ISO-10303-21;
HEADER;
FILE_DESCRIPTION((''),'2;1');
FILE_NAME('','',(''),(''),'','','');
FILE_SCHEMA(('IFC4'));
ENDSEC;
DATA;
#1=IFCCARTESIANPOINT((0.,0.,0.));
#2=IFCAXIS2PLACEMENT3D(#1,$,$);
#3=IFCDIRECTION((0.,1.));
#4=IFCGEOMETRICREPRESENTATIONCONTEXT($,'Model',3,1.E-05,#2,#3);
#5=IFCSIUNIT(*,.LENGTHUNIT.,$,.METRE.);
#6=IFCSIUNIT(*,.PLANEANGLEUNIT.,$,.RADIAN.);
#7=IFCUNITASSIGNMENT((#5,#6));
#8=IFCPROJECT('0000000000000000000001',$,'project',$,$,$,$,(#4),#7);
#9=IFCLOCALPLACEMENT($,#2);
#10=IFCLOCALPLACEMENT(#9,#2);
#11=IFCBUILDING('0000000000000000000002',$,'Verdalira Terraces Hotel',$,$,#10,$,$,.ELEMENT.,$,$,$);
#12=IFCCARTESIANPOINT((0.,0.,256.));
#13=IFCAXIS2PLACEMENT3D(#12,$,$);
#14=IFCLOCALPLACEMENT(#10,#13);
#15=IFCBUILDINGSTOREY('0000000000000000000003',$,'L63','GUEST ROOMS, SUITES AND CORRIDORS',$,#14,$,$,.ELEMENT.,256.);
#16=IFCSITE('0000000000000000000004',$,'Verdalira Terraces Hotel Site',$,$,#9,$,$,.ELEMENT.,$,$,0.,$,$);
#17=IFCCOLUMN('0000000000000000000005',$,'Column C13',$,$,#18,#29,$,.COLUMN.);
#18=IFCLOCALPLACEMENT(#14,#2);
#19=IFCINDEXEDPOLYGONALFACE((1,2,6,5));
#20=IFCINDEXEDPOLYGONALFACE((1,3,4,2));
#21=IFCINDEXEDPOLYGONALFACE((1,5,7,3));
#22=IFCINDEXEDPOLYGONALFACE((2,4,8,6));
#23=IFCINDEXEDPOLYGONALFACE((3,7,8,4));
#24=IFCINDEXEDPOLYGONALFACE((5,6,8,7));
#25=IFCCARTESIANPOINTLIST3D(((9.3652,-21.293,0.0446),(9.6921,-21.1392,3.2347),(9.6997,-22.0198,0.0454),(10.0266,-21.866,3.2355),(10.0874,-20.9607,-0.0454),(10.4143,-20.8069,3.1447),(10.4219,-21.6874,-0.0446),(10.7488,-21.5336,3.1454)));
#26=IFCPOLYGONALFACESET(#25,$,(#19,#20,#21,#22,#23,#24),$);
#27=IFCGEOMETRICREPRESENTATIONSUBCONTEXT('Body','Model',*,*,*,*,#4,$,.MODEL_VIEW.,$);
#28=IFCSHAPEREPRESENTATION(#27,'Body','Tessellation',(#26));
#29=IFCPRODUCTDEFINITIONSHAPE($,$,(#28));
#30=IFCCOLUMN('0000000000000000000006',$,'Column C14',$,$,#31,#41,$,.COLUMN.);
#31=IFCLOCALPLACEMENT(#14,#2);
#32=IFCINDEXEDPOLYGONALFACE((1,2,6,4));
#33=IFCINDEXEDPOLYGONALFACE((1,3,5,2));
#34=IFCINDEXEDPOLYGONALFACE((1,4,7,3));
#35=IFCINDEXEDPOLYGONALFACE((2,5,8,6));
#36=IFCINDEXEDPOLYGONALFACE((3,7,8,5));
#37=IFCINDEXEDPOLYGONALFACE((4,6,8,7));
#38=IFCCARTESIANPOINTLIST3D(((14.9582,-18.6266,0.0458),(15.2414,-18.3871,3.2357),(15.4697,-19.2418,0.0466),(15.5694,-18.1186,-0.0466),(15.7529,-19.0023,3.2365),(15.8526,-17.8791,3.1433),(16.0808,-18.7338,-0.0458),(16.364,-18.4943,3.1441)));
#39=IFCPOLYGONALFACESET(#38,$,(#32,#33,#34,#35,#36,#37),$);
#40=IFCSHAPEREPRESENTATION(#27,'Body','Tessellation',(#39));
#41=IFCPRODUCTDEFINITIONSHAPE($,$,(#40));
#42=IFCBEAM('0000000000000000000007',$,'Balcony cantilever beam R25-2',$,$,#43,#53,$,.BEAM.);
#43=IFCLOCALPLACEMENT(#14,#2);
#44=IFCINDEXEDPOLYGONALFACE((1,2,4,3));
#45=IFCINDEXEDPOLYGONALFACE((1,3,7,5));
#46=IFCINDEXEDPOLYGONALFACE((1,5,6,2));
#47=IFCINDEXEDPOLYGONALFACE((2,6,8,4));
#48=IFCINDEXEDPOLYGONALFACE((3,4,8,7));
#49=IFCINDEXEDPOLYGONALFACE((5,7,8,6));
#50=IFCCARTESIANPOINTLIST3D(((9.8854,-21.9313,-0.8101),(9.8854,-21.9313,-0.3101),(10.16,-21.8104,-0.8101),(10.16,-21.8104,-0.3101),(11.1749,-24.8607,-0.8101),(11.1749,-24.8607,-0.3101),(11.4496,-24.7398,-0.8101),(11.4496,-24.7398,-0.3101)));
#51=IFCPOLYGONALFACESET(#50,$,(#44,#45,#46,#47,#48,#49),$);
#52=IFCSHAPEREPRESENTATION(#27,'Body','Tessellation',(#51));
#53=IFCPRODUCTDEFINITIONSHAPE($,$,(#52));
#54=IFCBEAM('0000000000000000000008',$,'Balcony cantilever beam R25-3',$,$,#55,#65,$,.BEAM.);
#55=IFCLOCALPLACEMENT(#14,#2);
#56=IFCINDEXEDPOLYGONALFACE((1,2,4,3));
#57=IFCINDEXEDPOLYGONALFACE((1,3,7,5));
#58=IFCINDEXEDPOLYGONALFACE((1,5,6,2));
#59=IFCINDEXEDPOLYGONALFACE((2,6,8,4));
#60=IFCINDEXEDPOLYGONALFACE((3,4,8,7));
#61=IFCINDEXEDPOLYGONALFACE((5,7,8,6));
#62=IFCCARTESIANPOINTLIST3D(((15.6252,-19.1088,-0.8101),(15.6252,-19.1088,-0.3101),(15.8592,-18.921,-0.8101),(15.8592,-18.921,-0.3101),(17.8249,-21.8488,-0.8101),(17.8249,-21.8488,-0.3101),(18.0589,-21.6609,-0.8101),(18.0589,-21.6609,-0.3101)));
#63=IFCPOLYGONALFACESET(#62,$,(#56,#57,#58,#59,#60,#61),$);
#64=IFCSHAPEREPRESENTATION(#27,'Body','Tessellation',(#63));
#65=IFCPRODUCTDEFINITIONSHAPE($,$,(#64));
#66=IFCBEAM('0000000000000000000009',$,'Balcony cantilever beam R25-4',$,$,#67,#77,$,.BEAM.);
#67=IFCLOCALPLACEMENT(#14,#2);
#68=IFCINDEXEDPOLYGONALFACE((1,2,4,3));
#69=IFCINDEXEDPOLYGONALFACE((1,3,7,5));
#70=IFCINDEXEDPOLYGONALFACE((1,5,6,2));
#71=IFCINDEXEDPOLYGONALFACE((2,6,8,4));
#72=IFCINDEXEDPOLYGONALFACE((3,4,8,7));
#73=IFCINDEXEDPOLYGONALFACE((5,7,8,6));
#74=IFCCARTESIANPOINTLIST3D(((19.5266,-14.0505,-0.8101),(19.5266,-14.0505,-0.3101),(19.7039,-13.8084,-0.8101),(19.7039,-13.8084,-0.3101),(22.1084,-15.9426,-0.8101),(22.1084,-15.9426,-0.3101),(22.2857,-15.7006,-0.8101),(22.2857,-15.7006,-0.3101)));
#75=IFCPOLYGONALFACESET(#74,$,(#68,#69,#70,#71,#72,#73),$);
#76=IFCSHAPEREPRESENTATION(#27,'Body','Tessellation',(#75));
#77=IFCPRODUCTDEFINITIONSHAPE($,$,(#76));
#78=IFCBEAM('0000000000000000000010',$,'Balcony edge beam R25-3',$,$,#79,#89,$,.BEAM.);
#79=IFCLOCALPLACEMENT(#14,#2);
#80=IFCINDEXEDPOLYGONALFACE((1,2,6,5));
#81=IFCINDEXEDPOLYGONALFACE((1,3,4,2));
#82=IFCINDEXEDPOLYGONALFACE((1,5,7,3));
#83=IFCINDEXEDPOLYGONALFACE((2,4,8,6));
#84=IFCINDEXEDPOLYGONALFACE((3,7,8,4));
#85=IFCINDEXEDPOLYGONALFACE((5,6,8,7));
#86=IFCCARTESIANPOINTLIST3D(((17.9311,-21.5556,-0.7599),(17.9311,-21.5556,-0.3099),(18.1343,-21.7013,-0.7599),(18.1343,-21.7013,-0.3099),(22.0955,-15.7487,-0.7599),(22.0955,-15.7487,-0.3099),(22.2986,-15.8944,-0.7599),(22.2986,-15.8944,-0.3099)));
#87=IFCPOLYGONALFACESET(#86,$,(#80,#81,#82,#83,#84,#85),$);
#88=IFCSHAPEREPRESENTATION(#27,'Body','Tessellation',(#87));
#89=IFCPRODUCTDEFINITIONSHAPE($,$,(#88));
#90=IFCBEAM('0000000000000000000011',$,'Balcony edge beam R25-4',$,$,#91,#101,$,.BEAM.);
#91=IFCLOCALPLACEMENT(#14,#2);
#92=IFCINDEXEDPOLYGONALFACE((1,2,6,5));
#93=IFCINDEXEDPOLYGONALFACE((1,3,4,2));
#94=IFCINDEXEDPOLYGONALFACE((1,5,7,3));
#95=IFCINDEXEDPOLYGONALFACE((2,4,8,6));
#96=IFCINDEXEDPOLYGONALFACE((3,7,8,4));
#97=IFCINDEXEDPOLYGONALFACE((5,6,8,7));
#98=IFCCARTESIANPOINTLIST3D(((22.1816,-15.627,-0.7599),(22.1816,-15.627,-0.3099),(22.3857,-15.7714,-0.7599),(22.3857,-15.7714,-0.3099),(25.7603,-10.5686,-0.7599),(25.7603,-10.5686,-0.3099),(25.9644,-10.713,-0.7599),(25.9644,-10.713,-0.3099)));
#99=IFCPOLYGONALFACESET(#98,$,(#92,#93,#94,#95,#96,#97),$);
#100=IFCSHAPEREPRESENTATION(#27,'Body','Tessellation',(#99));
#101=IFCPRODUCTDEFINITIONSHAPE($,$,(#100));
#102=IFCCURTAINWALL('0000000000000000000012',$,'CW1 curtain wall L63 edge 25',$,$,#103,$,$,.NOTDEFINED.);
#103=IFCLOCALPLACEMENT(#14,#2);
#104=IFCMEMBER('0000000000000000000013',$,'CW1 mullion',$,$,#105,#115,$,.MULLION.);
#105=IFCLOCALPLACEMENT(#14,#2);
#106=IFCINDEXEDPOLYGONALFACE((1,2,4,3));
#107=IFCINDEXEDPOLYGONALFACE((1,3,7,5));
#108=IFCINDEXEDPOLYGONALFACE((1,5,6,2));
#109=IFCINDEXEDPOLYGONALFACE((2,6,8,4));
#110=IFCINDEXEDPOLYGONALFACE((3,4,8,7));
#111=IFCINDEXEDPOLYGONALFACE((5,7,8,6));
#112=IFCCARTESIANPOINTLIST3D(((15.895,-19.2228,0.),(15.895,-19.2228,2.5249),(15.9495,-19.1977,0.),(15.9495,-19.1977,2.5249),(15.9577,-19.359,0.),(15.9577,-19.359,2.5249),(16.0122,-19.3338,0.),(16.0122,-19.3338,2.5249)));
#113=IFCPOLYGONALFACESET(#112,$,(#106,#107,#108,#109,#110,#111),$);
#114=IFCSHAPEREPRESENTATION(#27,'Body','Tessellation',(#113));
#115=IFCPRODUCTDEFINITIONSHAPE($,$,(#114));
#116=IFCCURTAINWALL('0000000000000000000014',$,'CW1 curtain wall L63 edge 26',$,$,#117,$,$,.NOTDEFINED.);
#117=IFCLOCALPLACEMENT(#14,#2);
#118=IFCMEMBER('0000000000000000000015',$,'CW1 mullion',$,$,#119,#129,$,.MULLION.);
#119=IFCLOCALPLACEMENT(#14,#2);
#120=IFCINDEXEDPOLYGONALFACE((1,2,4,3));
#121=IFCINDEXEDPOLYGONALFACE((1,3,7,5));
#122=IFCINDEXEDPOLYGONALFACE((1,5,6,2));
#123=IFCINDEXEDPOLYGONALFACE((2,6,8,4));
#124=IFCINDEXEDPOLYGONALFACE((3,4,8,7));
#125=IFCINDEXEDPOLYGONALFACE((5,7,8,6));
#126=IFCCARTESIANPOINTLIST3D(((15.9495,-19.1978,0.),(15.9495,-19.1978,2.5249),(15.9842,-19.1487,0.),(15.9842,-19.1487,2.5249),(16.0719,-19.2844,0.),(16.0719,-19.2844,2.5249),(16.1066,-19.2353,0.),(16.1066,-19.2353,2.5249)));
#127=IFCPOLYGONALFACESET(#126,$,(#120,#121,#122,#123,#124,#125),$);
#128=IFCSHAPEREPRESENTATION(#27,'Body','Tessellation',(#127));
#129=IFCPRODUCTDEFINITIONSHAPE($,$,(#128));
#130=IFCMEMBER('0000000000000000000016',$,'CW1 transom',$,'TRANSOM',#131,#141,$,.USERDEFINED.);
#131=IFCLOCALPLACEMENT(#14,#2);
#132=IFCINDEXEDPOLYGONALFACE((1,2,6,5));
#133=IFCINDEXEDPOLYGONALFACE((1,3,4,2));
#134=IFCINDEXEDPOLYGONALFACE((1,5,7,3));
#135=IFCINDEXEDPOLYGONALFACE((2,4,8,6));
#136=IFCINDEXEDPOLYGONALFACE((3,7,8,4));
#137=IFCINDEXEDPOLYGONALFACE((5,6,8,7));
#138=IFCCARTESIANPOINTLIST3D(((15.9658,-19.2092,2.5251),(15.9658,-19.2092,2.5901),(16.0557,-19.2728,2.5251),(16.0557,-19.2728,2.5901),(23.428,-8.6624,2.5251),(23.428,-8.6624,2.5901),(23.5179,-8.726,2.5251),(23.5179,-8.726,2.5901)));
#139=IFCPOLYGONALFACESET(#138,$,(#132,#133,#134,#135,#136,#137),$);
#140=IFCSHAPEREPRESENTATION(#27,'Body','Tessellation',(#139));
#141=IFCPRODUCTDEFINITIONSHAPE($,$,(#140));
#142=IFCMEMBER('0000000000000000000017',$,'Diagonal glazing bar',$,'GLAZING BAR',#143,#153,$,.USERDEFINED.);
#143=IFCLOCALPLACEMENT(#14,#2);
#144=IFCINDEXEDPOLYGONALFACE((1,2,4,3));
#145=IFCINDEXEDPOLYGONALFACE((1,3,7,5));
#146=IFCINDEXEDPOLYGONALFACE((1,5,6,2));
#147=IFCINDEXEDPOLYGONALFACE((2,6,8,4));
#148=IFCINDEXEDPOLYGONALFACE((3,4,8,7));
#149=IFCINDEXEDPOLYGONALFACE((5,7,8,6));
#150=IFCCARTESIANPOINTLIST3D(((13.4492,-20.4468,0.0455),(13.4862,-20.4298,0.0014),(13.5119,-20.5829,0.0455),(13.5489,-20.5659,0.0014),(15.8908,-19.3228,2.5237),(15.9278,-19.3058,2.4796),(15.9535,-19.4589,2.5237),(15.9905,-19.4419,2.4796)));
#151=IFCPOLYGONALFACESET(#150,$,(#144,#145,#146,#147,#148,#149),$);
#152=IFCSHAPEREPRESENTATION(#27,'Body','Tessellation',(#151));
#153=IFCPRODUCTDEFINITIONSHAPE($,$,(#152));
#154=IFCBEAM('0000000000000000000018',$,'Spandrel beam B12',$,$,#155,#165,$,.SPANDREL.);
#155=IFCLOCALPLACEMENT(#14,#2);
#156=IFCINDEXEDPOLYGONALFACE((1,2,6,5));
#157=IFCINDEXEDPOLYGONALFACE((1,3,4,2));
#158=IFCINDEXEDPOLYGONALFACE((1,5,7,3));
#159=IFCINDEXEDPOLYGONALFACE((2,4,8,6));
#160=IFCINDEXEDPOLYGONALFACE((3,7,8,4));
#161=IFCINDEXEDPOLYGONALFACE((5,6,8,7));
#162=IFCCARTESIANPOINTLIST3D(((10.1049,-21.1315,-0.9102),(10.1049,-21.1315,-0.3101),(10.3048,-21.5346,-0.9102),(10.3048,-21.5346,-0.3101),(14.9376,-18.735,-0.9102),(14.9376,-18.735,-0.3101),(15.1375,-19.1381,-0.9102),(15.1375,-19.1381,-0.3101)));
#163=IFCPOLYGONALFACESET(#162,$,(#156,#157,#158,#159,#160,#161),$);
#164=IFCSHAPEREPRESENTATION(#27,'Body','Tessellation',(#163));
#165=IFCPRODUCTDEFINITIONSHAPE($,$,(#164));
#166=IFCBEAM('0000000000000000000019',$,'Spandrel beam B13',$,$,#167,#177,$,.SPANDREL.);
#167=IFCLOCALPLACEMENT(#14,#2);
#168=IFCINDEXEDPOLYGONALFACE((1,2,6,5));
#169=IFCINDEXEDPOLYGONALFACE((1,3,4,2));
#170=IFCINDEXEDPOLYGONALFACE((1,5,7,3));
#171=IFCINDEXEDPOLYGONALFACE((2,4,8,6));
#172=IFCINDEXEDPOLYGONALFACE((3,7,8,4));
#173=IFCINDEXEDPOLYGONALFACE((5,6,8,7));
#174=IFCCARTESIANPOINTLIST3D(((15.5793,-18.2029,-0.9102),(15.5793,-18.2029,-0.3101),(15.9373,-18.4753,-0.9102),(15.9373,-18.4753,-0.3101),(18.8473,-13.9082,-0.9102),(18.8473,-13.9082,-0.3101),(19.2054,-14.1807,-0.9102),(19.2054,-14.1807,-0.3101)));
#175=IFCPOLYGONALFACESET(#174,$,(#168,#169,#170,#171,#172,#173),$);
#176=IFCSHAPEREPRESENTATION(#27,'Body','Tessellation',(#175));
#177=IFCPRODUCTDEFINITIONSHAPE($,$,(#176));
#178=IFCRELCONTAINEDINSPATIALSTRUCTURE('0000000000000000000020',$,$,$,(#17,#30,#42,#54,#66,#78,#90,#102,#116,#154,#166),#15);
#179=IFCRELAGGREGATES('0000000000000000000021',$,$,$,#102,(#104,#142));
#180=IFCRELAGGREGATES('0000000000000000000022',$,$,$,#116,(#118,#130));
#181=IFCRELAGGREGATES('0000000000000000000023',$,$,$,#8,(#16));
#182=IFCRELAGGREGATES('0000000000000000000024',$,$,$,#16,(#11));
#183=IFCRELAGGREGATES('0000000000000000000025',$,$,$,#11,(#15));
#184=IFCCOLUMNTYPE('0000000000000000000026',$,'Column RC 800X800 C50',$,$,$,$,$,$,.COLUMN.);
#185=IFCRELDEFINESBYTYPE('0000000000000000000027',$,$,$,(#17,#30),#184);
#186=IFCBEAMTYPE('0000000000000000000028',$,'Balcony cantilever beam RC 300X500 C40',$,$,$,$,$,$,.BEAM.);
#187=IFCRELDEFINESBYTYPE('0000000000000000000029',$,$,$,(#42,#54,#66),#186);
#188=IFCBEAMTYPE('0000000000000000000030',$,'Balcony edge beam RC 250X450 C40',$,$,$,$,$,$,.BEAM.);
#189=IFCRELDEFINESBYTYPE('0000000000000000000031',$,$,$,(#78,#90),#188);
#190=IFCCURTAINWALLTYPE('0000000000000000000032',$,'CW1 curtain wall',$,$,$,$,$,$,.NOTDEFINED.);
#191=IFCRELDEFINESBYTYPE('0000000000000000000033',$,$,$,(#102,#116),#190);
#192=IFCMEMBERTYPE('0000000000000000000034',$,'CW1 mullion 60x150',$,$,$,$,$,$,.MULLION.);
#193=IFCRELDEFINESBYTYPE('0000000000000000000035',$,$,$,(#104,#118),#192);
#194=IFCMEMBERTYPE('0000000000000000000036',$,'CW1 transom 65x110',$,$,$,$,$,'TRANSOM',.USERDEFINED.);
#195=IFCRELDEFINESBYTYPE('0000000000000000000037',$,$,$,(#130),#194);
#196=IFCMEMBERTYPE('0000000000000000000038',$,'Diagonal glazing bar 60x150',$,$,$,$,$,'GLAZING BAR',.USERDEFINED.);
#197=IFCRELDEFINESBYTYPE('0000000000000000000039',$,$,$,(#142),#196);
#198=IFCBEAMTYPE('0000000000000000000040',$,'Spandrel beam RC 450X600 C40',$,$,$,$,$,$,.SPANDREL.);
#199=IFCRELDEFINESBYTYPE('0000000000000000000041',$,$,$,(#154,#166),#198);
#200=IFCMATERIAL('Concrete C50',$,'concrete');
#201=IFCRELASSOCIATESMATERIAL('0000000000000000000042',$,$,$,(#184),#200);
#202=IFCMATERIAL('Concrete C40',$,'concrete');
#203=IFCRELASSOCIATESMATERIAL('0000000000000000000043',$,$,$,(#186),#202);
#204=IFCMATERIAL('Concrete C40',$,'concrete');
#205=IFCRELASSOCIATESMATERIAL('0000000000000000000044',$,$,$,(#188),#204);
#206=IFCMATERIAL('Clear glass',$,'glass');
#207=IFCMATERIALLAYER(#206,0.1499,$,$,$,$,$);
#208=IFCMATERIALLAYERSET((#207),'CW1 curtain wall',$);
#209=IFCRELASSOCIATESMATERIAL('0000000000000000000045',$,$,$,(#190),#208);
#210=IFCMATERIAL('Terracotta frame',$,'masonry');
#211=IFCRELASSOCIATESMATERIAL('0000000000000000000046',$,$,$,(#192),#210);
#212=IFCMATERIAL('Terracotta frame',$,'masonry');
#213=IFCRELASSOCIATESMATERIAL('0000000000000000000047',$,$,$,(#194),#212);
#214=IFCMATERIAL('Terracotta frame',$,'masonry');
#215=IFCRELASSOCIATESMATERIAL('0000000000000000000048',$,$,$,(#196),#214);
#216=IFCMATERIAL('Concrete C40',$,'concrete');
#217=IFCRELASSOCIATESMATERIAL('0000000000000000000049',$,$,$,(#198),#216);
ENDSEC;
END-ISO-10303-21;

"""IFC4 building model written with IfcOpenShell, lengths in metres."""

from ifc_helpers import new_model, si_unit, direction, frame, origin, origin_2d, place, context, subcontext, project, spatial, rectangle, extrude, material, layer, layer_set, material_profile, profile_set, type_object, element, aggregate, save


model = new_model("IFC4")

# Units and contexts
model_context = context("Model", 3, precision=1e-05, world=origin(), true_north=direction((0.0, 1.0)))
body_context = subcontext(model_context, "Body", "Model", "MODEL_VIEW")
ifc_project = project(units=[si_unit("LENGTHUNIT", "METRE"), si_unit("PLANEANGLEUNIT", "RADIAN")], contexts=[model_context])

# Site, building, storey
site_placement = place(None, origin())
site = spatial("IfcSite", under=ifc_project, at=site_placement, Name="Verdalira Terraces Hotel Site", CompositionType="ELEMENT", RefElevation=0.0)
building_placement = place(site_placement, origin())
building = spatial("IfcBuilding", under=site, at=building_placement, Name="Verdalira Terraces Hotel", CompositionType="ELEMENT")
storey_placement = place(building_placement, frame((0.0, 0.0, 256.0)))
storey = spatial("IfcBuildingStorey", under=building, at=storey_placement, Name="L63", Description="GUEST ROOMS, SUITES AND CORRIDORS", CompositionType="ELEMENT", Elevation=256.0)

# Columns
ifc_material_1 = material(Name="Concrete C50", Category="concrete")
ifc_material_profile_1 = material_profile(ifc_material_1, rectangle(XDim=0.8, YDim=0.8, at=origin_2d()), Name="RC 800X800")
ifc_profile_set_1 = profile_set([ifc_material_profile_1], Name="Concrete C50")
column_type = type_object("IfcColumnType", Name="Column RC 800X800 C50", PredefinedType="COLUMN", material=ifc_profile_set_1)
column_1_placement = place(storey_placement, frame((9.8936, -21.4902, 0.0), z_axis=(0.101829, 0.04791, 0.993648), x_axis=(0.902659, 0.415383, -0.112533)))
element("IfcColumn", 1, at=column_1_placement, inside=storey, type_object=column_type, Name="Column C13", PredefinedType="COLUMN", context=body_context, shape_type="SweptSolid", body=[
    extrude(rectangle(XDim=0.8, YDim=0.8, at=origin_2d()), origin(), (0.0, 0.0, 1.0), 3.2104),
])
column_2_placement = place(storey_placement, frame((15.5195, -18.6802, 0.0), z_axis=(0.088186, 0.074578, 0.993308), x_axis=(-0.76387, -0.634952, 0.115489)))
element("IfcColumn", 2, at=column_2_placement, inside=storey, type_object=column_type, Name="Column C14", PredefinedType="COLUMN", context=body_context, shape_type="SweptSolid", body=[
    extrude(rectangle(XDim=0.8, YDim=0.8, at=origin_2d()), origin(), (0.0, 0.0, 1.0), 3.2114),
])

# Beams
ifc_material_2 = material(Name="Concrete C40", Category="concrete")
ifc_material_profile_2 = material_profile(ifc_material_2, rectangle(XDim=0.3, YDim=0.5, at=origin_2d()), Name="RC 300X500")
ifc_profile_set_2 = profile_set([ifc_material_profile_2], Name="Concrete C40")
beam_type_1 = type_object("IfcBeamType", Name="Balcony cantilever beam RC 300X500 C40", PredefinedType="BEAM", material=ifc_profile_set_2)
beam_1_placement = place(storey_placement, frame((10.0227, -21.8709, -0.5601), z_axis=(0.402895, -0.915246, 0.0), x_axis=(0.915246, 0.402895, 0.0)))
element("IfcBeam", 3, at=beam_1_placement, inside=storey, type_object=beam_type_1, Name="Balcony cantilever beam R25-2", PredefinedType="BEAM", context=body_context, shape_type="SweptSolid", body=[
    extrude(rectangle(XDim=0.3, YDim=0.5, at=origin_2d()), origin(), (0.0, 0.0, 1.0), 3.2007),
])
beam_2_placement = place(storey_placement, frame((15.7422, -19.0149, -0.5601), z_axis=(0.626033, -0.779797, 0.0), x_axis=(0.779797, 0.626033, 0.0)))
element("IfcBeam", 4, at=beam_2_placement, inside=storey, type_object=beam_type_1, Name="Balcony cantilever beam R25-3", PredefinedType="BEAM", context=body_context, shape_type="SweptSolid", body=[
    extrude(rectangle(XDim=0.3, YDim=0.5, at=origin_2d()), origin(), (0.0, 0.0, 1.0), 3.5137),
])
beam_3_placement = place(storey_placement, frame((19.6152, -13.9294, -0.5601), z_axis=(0.806587, -0.591116, 0.0), x_axis=(0.591116, 0.806587, 0.0)))
element("IfcBeam", 5, at=beam_3_placement, inside=storey, type_object=beam_type_1, Name="Balcony cantilever beam R25-4", PredefinedType="BEAM", context=body_context, shape_type="SweptSolid", body=[
    extrude(rectangle(XDim=0.3, YDim=0.5, at=origin_2d()), origin(), (0.0, 0.0, 1.0), 3.2009),
])
ifc_material_3 = material(Name="Concrete C40", Category="concrete")
ifc_material_profile_3 = material_profile(ifc_material_3, rectangle(XDim=0.25, YDim=0.45, at=origin_2d()), Name="RC 250X450")
ifc_profile_set_3 = profile_set([ifc_material_profile_3], Name="Concrete C40")
beam_type_2 = type_object("IfcBeamType", Name="Balcony edge beam RC 250X450 C40", PredefinedType="BEAM", material=ifc_profile_set_3)
beam_4_placement = place(storey_placement, frame((18.0327, -21.6284, -0.5349), z_axis=(0.582769, 0.812638, 0.0), x_axis=(-0.812638, 0.582769, 0.0)))
element("IfcBeam", 6, at=beam_4_placement, inside=storey, type_object=beam_type_2, Name="Balcony edge beam R25-3", PredefinedType="BEAM", context=body_context, shape_type="SweptSolid", body=[
    extrude(rectangle(XDim=0.25, YDim=0.45, at=origin_2d()), origin(), (0.0, 0.0, 1.0), 7.1458),
])
beam_5_placement = place(storey_placement, frame((22.2837, -15.6992, -0.5349), z_axis=(0.577546, 0.816358, 0.0), x_axis=(-0.816358, 0.577546, 0.0)))
element("IfcBeam", 7, at=beam_5_placement, inside=storey, type_object=beam_type_2, Name="Balcony edge beam R25-4", PredefinedType="BEAM", context=body_context, shape_type="SweptSolid", body=[
    extrude(rectangle(XDim=0.25, YDim=0.45, at=origin_2d()), origin(), (0.0, 0.0, 1.0), 6.1963),
])

# Curtain wall, member
ifc_material_4 = material(Name="Clear glass", Category="glass")
ifc_layer_1 = layer(ifc_material_4, 0.1499)
ifc_layer_set_1 = layer_set([ifc_layer_1], Name="CW1 curtain wall")
curtain_wall_type = type_object("IfcCurtainWallType", Name="CW1 curtain wall", PredefinedType="NOTDEFINED", material=ifc_layer_set_1)
curtain_wall_1_placement = place(storey_placement, origin())
curtain_wall_1 = element("IfcCurtainWall", 8, at=curtain_wall_1_placement, inside=storey, type_object=curtain_wall_type, Name="CW1 curtain wall L63 edge 25", PredefinedType="NOTDEFINED")
ifc_material_5 = material(Name="Terracotta frame", Category="masonry")
ifc_material_profile_4 = material_profile(ifc_material_5, rectangle(XDim=0.0601, YDim=0.1499, at=origin_2d()), Name="MU 60x150")
ifc_profile_set_4 = profile_set([ifc_material_profile_4], Name="Terracotta frame")
member_type_1 = type_object("IfcMemberType", Name="CW1 mullion 60x150", PredefinedType="MULLION", material=ifc_profile_set_4)
member_1_placement = place(storey_placement, frame((15.9536, -19.2783, 0.0), z_axis=(0.0, 0.0, 1.0), x_axis=(0.908362, 0.418184, 0.0)))
member_1 = element("IfcMember", 9, at=member_1_placement, type_object=member_type_1, Name="CW1 mullion", PredefinedType="MULLION", context=body_context, shape_type="SweptSolid", body=[
    extrude(rectangle(XDim=0.0601, YDim=0.1499, at=origin_2d()), origin(), (0.0, 0.0, 1.0), 2.5249),
])

# Curtain wall, members
curtain_wall_2_placement = place(storey_placement, origin())
curtain_wall_2 = element("IfcCurtainWall", 10, at=curtain_wall_2_placement, inside=storey, type_object=curtain_wall_type, Name="CW1 curtain wall L63 edge 26", PredefinedType="NOTDEFINED")
member_2_placement = place(storey_placement, frame((16.0281, -19.2166, 0.0), z_axis=(0.0, 0.0, 1.0), x_axis=(0.577573, 0.816339, 0.0)))
member_2 = element("IfcMember", 11, at=member_2_placement, type_object=member_type_1, Name="CW1 mullion", PredefinedType="MULLION", context=body_context, shape_type="SweptSolid", body=[
    extrude(rectangle(XDim=0.0601, YDim=0.1499, at=origin_2d()), origin(), (0.0, 0.0, 1.0), 2.5249),
])
ifc_material_6 = material(Name="Terracotta frame", Category="masonry")
ifc_material_profile_5 = material_profile(ifc_material_6, rectangle(XDim=0.1101, YDim=0.0649, at=origin_2d()), Name="TR 65x110")
ifc_profile_set_5 = profile_set([ifc_material_profile_5], Name="Terracotta frame")
member_type_2 = type_object("IfcMemberType", Name="CW1 transom 65x110", ElementType="TRANSOM", PredefinedType="USERDEFINED", material=ifc_profile_set_5)
member_3_placement = place(storey_placement, frame((16.0107, -19.241, 2.5576), z_axis=(0.577586, 0.81633, 0.0), x_axis=(-0.81633, 0.577586, 0.0)))
member_3 = element("IfcMember", 12, at=member_3_placement, type_object=member_type_2, Name="CW1 transom", ObjectType="TRANSOM", PredefinedType="USERDEFINED", context=body_context, shape_type="SweptSolid", body=[
    extrude(rectangle(XDim=0.1101, YDim=0.0649, at=origin_2d()), origin(), (0.0, 0.0, 1.0), 12.9197),
])

# Member
ifc_material_7 = material(Name="Terracotta frame", Category="masonry")
ifc_material_profile_6 = material_profile(ifc_material_7, rectangle(XDim=0.1499, YDim=0.0601, at=origin_2d()), Name="GB 60x150")
ifc_profile_set_6 = profile_set([ifc_material_profile_6], Name="Terracotta frame")
member_type_3 = type_object("IfcMemberType", Name="Diagonal glazing bar 60x150", ElementType="GLAZING BAR", PredefinedType="USERDEFINED", material=ifc_profile_set_6)
member_4_placement = place(storey_placement, frame((13.499, -20.5063, 0.0234), z_axis=(0.667833, 0.30744, 0.67785), x_axis=(-0.418171, 0.908368, 0.0)))
member_4 = element("IfcMember", 13, at=member_4_placement, type_object=member_type_3, Name="Diagonal glazing bar", ObjectType="GLAZING BAR", PredefinedType="USERDEFINED", context=body_context, shape_type="SweptSolid", body=[
    extrude(rectangle(XDim=0.1499, YDim=0.0601, at=origin_2d()), origin(), (0.0, 0.0, 1.0), 3.656),
])

# Beams
ifc_material_8 = material(Name="Concrete C40", Category="concrete")
ifc_material_profile_7 = material_profile(ifc_material_8, rectangle(XDim=0.45, YDim=0.6001, at=origin_2d()), Name="RC 450X600")
ifc_profile_set_7 = profile_set([ifc_material_profile_7], Name="Concrete C40")
beam_type_3 = type_object("IfcBeamType", Name="Spandrel beam RC 450X600 C40", PredefinedType="SPANDREL", material=ifc_profile_set_7)
beam_6_placement = place(storey_placement, frame((10.2048, -21.333, -0.6101), z_axis=(0.895898, 0.44426, 0.0), x_axis=(-0.44426, 0.895898, 0.0)))
element("IfcBeam", 14, at=beam_6_placement, inside=storey, type_object=beam_type_3, Name="Spandrel beam B12", PredefinedType="SPANDREL", context=body_context, shape_type="SweptSolid", body=[
    extrude(rectangle(XDim=0.45, YDim=0.6001, at=origin_2d()), origin(), (0.0, 0.0, 1.0), 5.3943),
])
beam_7_placement = place(storey_placement, frame((15.7583, -18.3391, -0.6101), z_axis=(0.605566, 0.795795, 0.0), x_axis=(-0.795795, 0.605566, 0.0)))
element("IfcBeam", 15, at=beam_7_placement, inside=storey, type_object=beam_type_3, Name="Spandrel beam B13", PredefinedType="SPANDREL", context=body_context, shape_type="SweptSolid", body=[
    extrude(rectangle(XDim=0.45, YDim=0.6001, at=origin_2d()), origin(), (0.0, 0.0, 1.0), 5.3967),
])

aggregate(curtain_wall_1, [member_1, member_4])
aggregate(curtain_wall_2, [member_2, member_3])

save(model, "model.ifc")
